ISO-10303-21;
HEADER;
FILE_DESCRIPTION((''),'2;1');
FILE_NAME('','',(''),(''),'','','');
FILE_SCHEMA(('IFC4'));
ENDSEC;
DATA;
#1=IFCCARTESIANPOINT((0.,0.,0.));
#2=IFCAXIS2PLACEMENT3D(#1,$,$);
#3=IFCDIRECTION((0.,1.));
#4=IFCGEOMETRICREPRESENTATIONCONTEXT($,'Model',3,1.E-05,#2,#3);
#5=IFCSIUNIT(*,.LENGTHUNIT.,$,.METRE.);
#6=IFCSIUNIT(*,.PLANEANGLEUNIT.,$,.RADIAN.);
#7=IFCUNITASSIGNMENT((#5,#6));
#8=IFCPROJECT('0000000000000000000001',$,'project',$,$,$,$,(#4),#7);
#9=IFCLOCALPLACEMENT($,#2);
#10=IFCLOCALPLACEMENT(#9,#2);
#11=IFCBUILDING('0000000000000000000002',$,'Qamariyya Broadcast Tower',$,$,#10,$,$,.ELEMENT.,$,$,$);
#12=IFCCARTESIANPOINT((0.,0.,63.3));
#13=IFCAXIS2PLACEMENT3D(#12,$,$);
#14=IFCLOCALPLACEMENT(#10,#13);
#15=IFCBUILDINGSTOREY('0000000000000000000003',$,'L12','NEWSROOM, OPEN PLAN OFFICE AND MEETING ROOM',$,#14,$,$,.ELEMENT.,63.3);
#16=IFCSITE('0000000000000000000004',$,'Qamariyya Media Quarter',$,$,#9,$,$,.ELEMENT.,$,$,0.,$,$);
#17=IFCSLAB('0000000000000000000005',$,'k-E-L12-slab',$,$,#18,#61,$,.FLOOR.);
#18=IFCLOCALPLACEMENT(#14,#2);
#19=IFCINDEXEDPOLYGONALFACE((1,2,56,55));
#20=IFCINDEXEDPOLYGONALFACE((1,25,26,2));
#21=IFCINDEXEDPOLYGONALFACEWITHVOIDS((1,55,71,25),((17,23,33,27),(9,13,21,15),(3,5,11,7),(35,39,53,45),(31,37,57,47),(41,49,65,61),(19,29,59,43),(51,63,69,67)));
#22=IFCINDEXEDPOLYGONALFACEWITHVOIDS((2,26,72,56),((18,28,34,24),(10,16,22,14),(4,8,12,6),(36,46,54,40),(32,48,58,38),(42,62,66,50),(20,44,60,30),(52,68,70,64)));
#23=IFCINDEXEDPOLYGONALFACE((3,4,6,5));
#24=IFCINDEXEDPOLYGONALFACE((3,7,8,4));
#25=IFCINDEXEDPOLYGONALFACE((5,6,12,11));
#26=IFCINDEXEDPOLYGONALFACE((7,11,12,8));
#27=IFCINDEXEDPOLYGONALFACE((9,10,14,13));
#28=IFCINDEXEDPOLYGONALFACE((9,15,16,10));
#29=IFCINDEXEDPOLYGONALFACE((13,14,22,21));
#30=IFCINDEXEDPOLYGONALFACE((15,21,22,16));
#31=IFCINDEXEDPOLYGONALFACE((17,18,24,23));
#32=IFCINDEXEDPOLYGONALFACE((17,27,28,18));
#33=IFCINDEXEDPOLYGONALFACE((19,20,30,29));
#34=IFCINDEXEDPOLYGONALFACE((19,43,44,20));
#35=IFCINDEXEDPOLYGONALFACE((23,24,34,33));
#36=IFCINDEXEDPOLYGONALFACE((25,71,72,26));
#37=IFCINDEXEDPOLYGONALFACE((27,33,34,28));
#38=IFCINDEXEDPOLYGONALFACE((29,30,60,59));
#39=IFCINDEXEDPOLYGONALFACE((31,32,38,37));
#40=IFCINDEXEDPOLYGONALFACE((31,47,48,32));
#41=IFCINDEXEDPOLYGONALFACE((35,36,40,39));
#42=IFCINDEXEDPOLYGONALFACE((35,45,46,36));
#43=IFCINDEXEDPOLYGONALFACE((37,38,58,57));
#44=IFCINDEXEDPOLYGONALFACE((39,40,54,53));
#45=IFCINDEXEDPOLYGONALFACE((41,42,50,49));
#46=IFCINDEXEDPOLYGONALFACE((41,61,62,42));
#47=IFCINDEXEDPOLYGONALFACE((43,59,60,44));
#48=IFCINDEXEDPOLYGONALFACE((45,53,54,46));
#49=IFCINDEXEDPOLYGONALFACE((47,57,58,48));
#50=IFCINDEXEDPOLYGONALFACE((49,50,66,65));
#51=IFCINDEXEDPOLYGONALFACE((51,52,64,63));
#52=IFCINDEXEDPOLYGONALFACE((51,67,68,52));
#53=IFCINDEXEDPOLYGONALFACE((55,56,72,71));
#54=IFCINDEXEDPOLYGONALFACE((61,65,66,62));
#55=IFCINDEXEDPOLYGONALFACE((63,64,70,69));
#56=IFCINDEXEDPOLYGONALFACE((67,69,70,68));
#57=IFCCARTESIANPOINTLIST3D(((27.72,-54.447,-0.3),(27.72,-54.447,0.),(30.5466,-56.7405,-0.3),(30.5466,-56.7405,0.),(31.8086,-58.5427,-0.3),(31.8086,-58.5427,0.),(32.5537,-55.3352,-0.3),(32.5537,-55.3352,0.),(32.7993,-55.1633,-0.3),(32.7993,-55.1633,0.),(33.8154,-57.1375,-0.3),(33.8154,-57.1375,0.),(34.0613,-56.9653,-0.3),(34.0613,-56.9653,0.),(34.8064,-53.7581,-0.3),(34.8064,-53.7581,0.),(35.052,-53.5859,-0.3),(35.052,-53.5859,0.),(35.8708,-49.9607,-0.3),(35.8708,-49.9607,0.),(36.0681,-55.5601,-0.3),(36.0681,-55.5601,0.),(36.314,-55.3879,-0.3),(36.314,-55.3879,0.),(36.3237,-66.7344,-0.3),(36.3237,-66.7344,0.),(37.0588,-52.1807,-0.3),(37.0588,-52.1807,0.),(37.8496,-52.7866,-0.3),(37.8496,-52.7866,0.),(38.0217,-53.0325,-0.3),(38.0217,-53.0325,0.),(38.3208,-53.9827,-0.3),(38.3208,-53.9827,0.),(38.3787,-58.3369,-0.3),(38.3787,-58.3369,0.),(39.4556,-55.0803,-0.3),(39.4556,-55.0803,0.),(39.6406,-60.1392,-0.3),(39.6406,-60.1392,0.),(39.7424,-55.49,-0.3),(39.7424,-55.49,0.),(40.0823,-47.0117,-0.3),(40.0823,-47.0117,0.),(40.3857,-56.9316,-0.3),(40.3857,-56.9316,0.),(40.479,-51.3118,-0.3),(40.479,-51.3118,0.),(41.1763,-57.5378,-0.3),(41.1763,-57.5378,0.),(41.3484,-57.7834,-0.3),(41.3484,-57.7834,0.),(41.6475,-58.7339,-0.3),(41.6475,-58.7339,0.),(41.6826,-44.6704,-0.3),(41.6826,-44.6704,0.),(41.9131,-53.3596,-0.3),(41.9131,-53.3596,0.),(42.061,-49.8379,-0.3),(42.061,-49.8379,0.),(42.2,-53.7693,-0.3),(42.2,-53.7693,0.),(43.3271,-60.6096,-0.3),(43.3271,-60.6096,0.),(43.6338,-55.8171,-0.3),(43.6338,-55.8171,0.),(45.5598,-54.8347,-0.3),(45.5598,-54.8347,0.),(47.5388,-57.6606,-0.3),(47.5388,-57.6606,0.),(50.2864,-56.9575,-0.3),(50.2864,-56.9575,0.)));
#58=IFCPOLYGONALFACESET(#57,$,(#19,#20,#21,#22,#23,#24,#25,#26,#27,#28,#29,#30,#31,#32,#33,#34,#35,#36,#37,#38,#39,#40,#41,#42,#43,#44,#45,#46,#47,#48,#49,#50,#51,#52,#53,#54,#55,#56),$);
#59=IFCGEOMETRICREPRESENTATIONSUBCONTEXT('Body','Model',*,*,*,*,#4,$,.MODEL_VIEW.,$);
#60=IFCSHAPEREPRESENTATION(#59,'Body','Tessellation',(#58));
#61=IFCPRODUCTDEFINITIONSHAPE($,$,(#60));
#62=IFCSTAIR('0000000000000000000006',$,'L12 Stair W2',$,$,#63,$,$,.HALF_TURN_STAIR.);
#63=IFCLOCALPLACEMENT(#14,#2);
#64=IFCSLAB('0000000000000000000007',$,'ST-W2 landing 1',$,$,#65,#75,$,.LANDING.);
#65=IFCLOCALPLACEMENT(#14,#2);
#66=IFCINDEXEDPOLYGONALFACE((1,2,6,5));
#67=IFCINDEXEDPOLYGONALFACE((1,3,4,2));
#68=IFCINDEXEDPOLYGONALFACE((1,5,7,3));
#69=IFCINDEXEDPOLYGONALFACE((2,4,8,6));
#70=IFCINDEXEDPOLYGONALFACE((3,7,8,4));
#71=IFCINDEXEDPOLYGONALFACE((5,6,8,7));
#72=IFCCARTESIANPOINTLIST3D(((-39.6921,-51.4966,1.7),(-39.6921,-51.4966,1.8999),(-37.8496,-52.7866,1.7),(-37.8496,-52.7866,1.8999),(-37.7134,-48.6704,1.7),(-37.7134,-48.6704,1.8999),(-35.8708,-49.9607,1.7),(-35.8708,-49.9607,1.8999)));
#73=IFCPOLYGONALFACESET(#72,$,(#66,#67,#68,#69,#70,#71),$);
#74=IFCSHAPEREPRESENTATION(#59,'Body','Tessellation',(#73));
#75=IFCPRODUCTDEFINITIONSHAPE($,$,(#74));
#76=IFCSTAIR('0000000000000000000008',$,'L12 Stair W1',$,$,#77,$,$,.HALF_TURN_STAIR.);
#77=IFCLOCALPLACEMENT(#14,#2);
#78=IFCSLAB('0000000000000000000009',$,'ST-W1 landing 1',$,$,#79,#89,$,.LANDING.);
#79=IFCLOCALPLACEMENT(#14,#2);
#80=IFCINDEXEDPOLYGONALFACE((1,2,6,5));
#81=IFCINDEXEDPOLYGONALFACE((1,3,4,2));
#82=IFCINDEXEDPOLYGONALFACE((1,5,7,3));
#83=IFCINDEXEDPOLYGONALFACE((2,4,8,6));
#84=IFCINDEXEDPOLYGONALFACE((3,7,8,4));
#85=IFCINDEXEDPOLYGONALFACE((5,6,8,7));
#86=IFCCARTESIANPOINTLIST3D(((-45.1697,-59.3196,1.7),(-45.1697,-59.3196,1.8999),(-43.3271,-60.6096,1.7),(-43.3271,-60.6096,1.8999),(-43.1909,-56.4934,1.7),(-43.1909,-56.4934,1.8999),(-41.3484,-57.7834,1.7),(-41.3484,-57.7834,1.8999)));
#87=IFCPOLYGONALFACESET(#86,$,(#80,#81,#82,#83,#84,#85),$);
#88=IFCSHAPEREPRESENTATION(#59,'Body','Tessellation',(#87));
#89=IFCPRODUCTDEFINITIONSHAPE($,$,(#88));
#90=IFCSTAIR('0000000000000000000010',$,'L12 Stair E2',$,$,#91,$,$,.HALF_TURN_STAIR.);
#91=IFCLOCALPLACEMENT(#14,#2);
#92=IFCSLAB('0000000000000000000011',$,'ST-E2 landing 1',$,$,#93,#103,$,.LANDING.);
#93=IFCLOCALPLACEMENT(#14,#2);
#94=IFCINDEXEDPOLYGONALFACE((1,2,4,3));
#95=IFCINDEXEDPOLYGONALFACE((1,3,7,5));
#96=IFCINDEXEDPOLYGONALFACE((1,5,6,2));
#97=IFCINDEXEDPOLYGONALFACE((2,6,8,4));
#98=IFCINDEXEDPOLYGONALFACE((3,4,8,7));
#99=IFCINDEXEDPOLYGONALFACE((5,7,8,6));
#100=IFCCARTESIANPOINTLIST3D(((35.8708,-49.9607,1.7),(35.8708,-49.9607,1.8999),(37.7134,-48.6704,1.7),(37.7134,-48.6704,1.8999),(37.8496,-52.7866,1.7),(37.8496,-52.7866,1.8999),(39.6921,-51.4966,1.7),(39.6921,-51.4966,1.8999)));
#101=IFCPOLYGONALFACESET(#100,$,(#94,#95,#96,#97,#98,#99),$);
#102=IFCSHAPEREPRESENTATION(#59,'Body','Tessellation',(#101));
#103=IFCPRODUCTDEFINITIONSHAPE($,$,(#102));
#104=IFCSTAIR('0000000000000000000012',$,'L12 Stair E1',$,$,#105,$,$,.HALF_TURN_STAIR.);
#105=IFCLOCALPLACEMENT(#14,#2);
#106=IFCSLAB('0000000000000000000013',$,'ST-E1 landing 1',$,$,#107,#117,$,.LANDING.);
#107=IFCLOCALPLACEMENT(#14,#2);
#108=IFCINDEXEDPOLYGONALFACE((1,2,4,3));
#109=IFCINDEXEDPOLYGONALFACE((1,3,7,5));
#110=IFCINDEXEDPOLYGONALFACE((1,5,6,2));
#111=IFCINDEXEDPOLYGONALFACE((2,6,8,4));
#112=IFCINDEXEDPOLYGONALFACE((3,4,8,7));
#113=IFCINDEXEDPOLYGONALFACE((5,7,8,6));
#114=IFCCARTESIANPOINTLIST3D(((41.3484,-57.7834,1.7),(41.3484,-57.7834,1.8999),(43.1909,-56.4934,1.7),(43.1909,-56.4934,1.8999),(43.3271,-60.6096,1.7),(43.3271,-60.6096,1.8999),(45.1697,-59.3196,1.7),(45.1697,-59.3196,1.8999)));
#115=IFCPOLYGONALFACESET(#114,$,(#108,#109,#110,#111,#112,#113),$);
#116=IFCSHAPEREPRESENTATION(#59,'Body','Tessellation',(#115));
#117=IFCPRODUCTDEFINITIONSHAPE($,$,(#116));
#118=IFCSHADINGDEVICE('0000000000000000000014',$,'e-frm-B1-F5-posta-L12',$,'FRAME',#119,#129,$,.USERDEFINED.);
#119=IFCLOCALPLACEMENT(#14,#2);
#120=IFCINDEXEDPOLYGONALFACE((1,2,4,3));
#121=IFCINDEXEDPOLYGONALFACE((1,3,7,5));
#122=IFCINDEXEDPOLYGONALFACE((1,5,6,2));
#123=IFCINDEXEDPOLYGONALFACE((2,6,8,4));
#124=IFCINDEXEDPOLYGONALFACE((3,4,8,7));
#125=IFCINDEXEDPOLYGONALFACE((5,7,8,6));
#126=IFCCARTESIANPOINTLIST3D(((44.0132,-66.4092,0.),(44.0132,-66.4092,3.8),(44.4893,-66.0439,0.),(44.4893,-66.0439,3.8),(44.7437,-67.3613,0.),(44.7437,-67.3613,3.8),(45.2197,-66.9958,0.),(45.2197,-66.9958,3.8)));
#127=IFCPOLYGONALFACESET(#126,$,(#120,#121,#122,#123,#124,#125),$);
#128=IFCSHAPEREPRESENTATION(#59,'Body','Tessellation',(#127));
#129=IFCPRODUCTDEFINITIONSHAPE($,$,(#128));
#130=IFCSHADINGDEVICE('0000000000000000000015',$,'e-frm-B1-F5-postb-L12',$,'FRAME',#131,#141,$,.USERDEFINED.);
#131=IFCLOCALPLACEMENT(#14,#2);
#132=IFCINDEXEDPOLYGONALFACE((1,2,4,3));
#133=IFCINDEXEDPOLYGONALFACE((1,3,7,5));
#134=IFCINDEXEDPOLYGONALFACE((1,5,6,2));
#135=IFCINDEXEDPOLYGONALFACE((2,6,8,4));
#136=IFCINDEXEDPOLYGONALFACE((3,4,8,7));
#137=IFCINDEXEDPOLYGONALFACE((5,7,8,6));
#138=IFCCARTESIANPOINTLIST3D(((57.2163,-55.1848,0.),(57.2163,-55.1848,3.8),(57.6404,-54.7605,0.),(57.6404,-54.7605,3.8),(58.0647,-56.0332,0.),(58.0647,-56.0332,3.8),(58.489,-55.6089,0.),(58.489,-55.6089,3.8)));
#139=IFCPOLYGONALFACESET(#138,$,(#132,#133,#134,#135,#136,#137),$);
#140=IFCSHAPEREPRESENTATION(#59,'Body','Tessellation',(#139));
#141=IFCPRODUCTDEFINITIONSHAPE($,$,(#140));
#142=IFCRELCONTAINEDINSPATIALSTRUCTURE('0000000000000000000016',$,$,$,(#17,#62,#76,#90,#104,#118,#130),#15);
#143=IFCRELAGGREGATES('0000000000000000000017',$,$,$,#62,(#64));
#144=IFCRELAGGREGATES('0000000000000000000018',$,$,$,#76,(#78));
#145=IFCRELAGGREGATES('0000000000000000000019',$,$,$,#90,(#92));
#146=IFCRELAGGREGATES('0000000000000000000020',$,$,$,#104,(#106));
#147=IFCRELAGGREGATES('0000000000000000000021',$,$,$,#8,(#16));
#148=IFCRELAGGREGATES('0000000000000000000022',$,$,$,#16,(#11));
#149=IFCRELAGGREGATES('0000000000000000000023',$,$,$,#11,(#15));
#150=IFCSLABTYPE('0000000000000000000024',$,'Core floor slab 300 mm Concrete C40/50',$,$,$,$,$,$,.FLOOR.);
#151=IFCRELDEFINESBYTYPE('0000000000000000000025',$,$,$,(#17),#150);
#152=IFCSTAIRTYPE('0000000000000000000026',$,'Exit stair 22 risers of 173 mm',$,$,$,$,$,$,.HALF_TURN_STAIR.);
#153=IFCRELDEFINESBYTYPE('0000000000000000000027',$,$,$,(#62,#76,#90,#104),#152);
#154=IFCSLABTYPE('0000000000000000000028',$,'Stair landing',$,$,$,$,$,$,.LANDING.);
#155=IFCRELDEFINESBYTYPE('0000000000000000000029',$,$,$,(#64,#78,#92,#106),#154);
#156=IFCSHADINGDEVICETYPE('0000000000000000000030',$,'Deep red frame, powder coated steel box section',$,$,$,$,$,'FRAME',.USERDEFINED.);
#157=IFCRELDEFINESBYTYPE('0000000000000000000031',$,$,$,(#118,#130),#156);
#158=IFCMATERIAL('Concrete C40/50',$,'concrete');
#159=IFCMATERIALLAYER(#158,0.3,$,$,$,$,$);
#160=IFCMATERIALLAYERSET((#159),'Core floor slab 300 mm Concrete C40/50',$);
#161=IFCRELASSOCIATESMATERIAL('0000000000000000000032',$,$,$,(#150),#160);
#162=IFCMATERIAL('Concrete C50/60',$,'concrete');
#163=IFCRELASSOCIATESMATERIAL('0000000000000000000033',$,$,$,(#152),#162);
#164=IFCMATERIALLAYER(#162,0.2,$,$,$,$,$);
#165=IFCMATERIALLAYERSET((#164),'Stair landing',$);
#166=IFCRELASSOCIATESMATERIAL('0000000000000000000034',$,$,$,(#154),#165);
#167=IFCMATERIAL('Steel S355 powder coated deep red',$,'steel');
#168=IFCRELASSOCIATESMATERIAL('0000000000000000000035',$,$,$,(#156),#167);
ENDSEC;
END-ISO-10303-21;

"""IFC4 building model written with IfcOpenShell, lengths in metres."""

from ifc_helpers import new_model, si_unit, direction, frame, origin, place, context, subcontext, project, spatial, polyline, outline, extrude, material, layer, layer_set, type_object, element, aggregate, save


model = new_model("IFC4")

# Units and contexts
model_context = context("Model", 3, precision=1e-05, world=origin(), true_north=direction((0.0, 1.0)))
body_context = subcontext(model_context, "Body", "Model", "MODEL_VIEW")
ifc_project = project(units=[si_unit("LENGTHUNIT", "METRE"), si_unit("PLANEANGLEUNIT", "RADIAN")], contexts=[model_context])

# Site, building, storey
site_placement = place(None, origin())
building_placement = place(site_placement, origin())
storey_placement = place(building_placement, frame((0.0, 0.0, 63.3)))
site = spatial("IfcSite", under=ifc_project, at=site_placement, Name="Qamariyya Media Quarter", CompositionType="ELEMENT", RefElevation=0.0)
building = spatial("IfcBuilding", under=site, at=building_placement, Name="Qamariyya Broadcast Tower", CompositionType="ELEMENT")
storey = spatial("IfcBuildingStorey", under=building, at=storey_placement, Name="L12", Description="NEWSROOM, OPEN PLAN OFFICE AND MEETING ROOM", CompositionType="ELEMENT", Elevation=63.3)

# Slab
ifc_material_1 = material(Name="Concrete C40/50", Category="concrete")
ifc_layer_1 = layer(ifc_material_1, 0.3)
ifc_layer_set_1 = layer_set([ifc_layer_1], Name="Core floor slab 300 mm Concrete C40/50")
slab_type_1 = type_object("IfcSlabType", Name="Core floor slab 300 mm Concrete C40/50", PredefinedType="FLOOR", material=ifc_layer_set_1)
slab_1_placement = place(storey_placement, frame((0.0, 0.0, -0.3)))
element("IfcSlab", 1, at=slab_1_placement, inside=storey, type_object=slab_type_1, Name="k-E-L12-slab", PredefinedType="FLOOR", context=body_context, shape_type="SweptSolid", body=[
    extrude(outline(polyline([(36.3237, -66.7344), (50.2864, -56.9575), (41.6826, -44.6704), (27.72, -54.447), (36.3237, -66.7344)]), holes=[polyline([(31.8086, -58.5427), (33.8154, -57.1375), (32.5537, -55.3352), (30.5466, -56.7405), (31.8086, -58.5427)]), polyline([(34.0613, -56.9653), (36.0681, -55.5601), (34.8064, -53.7581), (32.7993, -55.1633), (34.0613, -56.9653)]), polyline([(36.314, -55.3879), (38.3208, -53.9827), (37.0588, -52.1807), (35.052, -53.5859), (36.314, -55.3879)]), polyline([(38.3787, -58.3369), (40.3857, -56.9316), (41.6475, -58.7339), (39.6406, -60.1392), (38.3787, -58.3369)]), polyline([(39.7424, -55.49), (42.2, -53.7693), (43.6338, -55.8171), (41.1763, -57.5378), (39.7424, -55.49)]), polyline([(39.4556, -55.0803), (41.9131, -53.3596), (40.479, -51.3118), (38.0217, -53.0325), (39.4556, -55.0803)]), polyline([(40.0823, -47.0117), (35.8708, -49.9607), (37.8496, -52.7866), (42.061, -49.8379), (40.0823, -47.0117)]), polyline([(45.5598, -54.8347), (41.3484, -57.7834), (43.3271, -60.6096), (47.5388, -57.6606), (45.5598, -54.8347)])]), origin(), (0.0, 0.0, 1.0), 0.3),
])

# Stairs, slabs
ifc_material_2 = material(Name="Concrete C50/60", Category="concrete")
stair_type = type_object("IfcStairType", Name="Exit stair 22 risers of 173 mm", PredefinedType="HALF_TURN_STAIR", material=ifc_material_2)
stair_1_placement = place(storey_placement, origin())
stair_1 = element("IfcStair", 2, at=stair_1_placement, inside=storey, type_object=stair_type, Name="L12 Stair W2", PredefinedType="HALF_TURN_STAIR")
ifc_layer_2 = layer(ifc_material_2, 0.2)
ifc_layer_set_2 = layer_set([ifc_layer_2], Name="Stair landing")
slab_type_2 = type_object("IfcSlabType", Name="Stair landing", PredefinedType="LANDING", material=ifc_layer_set_2)
slab_2_placement = place(storey_placement, frame((0.0, 0.0, 1.7)))
slab_2 = element("IfcSlab", 3, at=slab_2_placement, type_object=slab_type_2, Name="ST-W2 landing 1", PredefinedType="LANDING", context=body_context, shape_type="SweptSolid", body=[
    extrude(outline(polyline([(-39.6921, -51.4966), (-37.8496, -52.7866), (-35.8708, -49.9607), (-37.7134, -48.6704), (-39.6921, -51.4966)])), origin(), (0.0, 0.0, 1.0), 0.2),
])
aggregate(stair_1, [slab_2])
stair_2_placement = place(storey_placement, origin())
stair_2 = element("IfcStair", 4, at=stair_2_placement, inside=storey, type_object=stair_type, Name="L12 Stair W1", PredefinedType="HALF_TURN_STAIR")
slab_3_placement = place(storey_placement, frame((0.0, 0.0, 1.7)))
slab_3 = element("IfcSlab", 5, at=slab_3_placement, type_object=slab_type_2, Name="ST-W1 landing 1", PredefinedType="LANDING", context=body_context, shape_type="SweptSolid", body=[
    extrude(outline(polyline([(-45.1697, -59.3196), (-43.3271, -60.6096), (-41.3484, -57.7834), (-43.1909, -56.4934), (-45.1697, -59.3196)])), origin(), (0.0, 0.0, 1.0), 0.2),
])
aggregate(stair_2, [slab_3])
stair_3_placement = place(storey_placement, origin())
stair_3 = element("IfcStair", 6, at=stair_3_placement, inside=storey, type_object=stair_type, Name="L12 Stair E2", PredefinedType="HALF_TURN_STAIR")
slab_4_placement = place(storey_placement, frame((0.0, 0.0, 1.7)))
slab_4 = element("IfcSlab", 7, at=slab_4_placement, type_object=slab_type_2, Name="ST-E2 landing 1", PredefinedType="LANDING", context=body_context, shape_type="SweptSolid", body=[
    extrude(outline(polyline([(37.7134, -48.6704), (35.8708, -49.9607), (37.8496, -52.7866), (39.6921, -51.4966), (37.7134, -48.6704)])), origin(), (0.0, 0.0, 1.0), 0.2),
])
aggregate(stair_3, [slab_4])
stair_4_placement = place(storey_placement, origin())
stair_4 = element("IfcStair", 8, at=stair_4_placement, inside=storey, type_object=stair_type, Name="L12 Stair E1", PredefinedType="HALF_TURN_STAIR")
slab_5_placement = place(storey_placement, frame((0.0, 0.0, 1.7)))
slab_5 = element("IfcSlab", 9, at=slab_5_placement, type_object=slab_type_2, Name="ST-E1 landing 1", PredefinedType="LANDING", context=body_context, shape_type="SweptSolid", body=[
    extrude(outline(polyline([(43.1909, -56.4934), (41.3484, -57.7834), (43.3271, -60.6096), (45.1697, -59.3196), (43.1909, -56.4934)])), origin(), (0.0, 0.0, 1.0), 0.2),
])
aggregate(stair_4, [slab_5])

# Shading devices
ifc_material_3 = material(Name="Steel S355 powder coated deep red", Category="steel")
shading_device_type = type_object("IfcShadingDeviceType", Name="Deep red frame, powder coated steel box section", ElementType="FRAME", PredefinedType="USERDEFINED", material=ifc_material_3)
shading_device_1_placement = place(storey_placement, origin())
element("IfcShadingDevice", 10, at=shading_device_1_placement, inside=storey, type_object=shading_device_type, Name="e-frm-B1-F5-posta-L12", ObjectType="FRAME", PredefinedType="USERDEFINED", context=body_context, shape_type="SweptSolid", body=[
    extrude(outline(polyline([(44.0132, -66.4092), (44.7437, -67.3613), (45.2197, -66.9958), (44.4893, -66.0439), (44.0132, -66.4092)])), origin(), (0.0, 0.0, 1.0), 3.8),
])
shading_device_2_placement = place(storey_placement, origin())
element("IfcShadingDevice", 11, at=shading_device_2_placement, inside=storey, type_object=shading_device_type, Name="e-frm-B1-F5-postb-L12", ObjectType="FRAME", PredefinedType="USERDEFINED", context=body_context, shape_type="SweptSolid", body=[
    extrude(outline(polyline([(57.2163, -55.1848), (58.0647, -56.0332), (58.489, -55.6089), (57.6404, -54.7605), (57.2163, -55.1848)])), origin(), (0.0, 0.0, 1.0), 3.8),
])

save(model, "model.ifc")
